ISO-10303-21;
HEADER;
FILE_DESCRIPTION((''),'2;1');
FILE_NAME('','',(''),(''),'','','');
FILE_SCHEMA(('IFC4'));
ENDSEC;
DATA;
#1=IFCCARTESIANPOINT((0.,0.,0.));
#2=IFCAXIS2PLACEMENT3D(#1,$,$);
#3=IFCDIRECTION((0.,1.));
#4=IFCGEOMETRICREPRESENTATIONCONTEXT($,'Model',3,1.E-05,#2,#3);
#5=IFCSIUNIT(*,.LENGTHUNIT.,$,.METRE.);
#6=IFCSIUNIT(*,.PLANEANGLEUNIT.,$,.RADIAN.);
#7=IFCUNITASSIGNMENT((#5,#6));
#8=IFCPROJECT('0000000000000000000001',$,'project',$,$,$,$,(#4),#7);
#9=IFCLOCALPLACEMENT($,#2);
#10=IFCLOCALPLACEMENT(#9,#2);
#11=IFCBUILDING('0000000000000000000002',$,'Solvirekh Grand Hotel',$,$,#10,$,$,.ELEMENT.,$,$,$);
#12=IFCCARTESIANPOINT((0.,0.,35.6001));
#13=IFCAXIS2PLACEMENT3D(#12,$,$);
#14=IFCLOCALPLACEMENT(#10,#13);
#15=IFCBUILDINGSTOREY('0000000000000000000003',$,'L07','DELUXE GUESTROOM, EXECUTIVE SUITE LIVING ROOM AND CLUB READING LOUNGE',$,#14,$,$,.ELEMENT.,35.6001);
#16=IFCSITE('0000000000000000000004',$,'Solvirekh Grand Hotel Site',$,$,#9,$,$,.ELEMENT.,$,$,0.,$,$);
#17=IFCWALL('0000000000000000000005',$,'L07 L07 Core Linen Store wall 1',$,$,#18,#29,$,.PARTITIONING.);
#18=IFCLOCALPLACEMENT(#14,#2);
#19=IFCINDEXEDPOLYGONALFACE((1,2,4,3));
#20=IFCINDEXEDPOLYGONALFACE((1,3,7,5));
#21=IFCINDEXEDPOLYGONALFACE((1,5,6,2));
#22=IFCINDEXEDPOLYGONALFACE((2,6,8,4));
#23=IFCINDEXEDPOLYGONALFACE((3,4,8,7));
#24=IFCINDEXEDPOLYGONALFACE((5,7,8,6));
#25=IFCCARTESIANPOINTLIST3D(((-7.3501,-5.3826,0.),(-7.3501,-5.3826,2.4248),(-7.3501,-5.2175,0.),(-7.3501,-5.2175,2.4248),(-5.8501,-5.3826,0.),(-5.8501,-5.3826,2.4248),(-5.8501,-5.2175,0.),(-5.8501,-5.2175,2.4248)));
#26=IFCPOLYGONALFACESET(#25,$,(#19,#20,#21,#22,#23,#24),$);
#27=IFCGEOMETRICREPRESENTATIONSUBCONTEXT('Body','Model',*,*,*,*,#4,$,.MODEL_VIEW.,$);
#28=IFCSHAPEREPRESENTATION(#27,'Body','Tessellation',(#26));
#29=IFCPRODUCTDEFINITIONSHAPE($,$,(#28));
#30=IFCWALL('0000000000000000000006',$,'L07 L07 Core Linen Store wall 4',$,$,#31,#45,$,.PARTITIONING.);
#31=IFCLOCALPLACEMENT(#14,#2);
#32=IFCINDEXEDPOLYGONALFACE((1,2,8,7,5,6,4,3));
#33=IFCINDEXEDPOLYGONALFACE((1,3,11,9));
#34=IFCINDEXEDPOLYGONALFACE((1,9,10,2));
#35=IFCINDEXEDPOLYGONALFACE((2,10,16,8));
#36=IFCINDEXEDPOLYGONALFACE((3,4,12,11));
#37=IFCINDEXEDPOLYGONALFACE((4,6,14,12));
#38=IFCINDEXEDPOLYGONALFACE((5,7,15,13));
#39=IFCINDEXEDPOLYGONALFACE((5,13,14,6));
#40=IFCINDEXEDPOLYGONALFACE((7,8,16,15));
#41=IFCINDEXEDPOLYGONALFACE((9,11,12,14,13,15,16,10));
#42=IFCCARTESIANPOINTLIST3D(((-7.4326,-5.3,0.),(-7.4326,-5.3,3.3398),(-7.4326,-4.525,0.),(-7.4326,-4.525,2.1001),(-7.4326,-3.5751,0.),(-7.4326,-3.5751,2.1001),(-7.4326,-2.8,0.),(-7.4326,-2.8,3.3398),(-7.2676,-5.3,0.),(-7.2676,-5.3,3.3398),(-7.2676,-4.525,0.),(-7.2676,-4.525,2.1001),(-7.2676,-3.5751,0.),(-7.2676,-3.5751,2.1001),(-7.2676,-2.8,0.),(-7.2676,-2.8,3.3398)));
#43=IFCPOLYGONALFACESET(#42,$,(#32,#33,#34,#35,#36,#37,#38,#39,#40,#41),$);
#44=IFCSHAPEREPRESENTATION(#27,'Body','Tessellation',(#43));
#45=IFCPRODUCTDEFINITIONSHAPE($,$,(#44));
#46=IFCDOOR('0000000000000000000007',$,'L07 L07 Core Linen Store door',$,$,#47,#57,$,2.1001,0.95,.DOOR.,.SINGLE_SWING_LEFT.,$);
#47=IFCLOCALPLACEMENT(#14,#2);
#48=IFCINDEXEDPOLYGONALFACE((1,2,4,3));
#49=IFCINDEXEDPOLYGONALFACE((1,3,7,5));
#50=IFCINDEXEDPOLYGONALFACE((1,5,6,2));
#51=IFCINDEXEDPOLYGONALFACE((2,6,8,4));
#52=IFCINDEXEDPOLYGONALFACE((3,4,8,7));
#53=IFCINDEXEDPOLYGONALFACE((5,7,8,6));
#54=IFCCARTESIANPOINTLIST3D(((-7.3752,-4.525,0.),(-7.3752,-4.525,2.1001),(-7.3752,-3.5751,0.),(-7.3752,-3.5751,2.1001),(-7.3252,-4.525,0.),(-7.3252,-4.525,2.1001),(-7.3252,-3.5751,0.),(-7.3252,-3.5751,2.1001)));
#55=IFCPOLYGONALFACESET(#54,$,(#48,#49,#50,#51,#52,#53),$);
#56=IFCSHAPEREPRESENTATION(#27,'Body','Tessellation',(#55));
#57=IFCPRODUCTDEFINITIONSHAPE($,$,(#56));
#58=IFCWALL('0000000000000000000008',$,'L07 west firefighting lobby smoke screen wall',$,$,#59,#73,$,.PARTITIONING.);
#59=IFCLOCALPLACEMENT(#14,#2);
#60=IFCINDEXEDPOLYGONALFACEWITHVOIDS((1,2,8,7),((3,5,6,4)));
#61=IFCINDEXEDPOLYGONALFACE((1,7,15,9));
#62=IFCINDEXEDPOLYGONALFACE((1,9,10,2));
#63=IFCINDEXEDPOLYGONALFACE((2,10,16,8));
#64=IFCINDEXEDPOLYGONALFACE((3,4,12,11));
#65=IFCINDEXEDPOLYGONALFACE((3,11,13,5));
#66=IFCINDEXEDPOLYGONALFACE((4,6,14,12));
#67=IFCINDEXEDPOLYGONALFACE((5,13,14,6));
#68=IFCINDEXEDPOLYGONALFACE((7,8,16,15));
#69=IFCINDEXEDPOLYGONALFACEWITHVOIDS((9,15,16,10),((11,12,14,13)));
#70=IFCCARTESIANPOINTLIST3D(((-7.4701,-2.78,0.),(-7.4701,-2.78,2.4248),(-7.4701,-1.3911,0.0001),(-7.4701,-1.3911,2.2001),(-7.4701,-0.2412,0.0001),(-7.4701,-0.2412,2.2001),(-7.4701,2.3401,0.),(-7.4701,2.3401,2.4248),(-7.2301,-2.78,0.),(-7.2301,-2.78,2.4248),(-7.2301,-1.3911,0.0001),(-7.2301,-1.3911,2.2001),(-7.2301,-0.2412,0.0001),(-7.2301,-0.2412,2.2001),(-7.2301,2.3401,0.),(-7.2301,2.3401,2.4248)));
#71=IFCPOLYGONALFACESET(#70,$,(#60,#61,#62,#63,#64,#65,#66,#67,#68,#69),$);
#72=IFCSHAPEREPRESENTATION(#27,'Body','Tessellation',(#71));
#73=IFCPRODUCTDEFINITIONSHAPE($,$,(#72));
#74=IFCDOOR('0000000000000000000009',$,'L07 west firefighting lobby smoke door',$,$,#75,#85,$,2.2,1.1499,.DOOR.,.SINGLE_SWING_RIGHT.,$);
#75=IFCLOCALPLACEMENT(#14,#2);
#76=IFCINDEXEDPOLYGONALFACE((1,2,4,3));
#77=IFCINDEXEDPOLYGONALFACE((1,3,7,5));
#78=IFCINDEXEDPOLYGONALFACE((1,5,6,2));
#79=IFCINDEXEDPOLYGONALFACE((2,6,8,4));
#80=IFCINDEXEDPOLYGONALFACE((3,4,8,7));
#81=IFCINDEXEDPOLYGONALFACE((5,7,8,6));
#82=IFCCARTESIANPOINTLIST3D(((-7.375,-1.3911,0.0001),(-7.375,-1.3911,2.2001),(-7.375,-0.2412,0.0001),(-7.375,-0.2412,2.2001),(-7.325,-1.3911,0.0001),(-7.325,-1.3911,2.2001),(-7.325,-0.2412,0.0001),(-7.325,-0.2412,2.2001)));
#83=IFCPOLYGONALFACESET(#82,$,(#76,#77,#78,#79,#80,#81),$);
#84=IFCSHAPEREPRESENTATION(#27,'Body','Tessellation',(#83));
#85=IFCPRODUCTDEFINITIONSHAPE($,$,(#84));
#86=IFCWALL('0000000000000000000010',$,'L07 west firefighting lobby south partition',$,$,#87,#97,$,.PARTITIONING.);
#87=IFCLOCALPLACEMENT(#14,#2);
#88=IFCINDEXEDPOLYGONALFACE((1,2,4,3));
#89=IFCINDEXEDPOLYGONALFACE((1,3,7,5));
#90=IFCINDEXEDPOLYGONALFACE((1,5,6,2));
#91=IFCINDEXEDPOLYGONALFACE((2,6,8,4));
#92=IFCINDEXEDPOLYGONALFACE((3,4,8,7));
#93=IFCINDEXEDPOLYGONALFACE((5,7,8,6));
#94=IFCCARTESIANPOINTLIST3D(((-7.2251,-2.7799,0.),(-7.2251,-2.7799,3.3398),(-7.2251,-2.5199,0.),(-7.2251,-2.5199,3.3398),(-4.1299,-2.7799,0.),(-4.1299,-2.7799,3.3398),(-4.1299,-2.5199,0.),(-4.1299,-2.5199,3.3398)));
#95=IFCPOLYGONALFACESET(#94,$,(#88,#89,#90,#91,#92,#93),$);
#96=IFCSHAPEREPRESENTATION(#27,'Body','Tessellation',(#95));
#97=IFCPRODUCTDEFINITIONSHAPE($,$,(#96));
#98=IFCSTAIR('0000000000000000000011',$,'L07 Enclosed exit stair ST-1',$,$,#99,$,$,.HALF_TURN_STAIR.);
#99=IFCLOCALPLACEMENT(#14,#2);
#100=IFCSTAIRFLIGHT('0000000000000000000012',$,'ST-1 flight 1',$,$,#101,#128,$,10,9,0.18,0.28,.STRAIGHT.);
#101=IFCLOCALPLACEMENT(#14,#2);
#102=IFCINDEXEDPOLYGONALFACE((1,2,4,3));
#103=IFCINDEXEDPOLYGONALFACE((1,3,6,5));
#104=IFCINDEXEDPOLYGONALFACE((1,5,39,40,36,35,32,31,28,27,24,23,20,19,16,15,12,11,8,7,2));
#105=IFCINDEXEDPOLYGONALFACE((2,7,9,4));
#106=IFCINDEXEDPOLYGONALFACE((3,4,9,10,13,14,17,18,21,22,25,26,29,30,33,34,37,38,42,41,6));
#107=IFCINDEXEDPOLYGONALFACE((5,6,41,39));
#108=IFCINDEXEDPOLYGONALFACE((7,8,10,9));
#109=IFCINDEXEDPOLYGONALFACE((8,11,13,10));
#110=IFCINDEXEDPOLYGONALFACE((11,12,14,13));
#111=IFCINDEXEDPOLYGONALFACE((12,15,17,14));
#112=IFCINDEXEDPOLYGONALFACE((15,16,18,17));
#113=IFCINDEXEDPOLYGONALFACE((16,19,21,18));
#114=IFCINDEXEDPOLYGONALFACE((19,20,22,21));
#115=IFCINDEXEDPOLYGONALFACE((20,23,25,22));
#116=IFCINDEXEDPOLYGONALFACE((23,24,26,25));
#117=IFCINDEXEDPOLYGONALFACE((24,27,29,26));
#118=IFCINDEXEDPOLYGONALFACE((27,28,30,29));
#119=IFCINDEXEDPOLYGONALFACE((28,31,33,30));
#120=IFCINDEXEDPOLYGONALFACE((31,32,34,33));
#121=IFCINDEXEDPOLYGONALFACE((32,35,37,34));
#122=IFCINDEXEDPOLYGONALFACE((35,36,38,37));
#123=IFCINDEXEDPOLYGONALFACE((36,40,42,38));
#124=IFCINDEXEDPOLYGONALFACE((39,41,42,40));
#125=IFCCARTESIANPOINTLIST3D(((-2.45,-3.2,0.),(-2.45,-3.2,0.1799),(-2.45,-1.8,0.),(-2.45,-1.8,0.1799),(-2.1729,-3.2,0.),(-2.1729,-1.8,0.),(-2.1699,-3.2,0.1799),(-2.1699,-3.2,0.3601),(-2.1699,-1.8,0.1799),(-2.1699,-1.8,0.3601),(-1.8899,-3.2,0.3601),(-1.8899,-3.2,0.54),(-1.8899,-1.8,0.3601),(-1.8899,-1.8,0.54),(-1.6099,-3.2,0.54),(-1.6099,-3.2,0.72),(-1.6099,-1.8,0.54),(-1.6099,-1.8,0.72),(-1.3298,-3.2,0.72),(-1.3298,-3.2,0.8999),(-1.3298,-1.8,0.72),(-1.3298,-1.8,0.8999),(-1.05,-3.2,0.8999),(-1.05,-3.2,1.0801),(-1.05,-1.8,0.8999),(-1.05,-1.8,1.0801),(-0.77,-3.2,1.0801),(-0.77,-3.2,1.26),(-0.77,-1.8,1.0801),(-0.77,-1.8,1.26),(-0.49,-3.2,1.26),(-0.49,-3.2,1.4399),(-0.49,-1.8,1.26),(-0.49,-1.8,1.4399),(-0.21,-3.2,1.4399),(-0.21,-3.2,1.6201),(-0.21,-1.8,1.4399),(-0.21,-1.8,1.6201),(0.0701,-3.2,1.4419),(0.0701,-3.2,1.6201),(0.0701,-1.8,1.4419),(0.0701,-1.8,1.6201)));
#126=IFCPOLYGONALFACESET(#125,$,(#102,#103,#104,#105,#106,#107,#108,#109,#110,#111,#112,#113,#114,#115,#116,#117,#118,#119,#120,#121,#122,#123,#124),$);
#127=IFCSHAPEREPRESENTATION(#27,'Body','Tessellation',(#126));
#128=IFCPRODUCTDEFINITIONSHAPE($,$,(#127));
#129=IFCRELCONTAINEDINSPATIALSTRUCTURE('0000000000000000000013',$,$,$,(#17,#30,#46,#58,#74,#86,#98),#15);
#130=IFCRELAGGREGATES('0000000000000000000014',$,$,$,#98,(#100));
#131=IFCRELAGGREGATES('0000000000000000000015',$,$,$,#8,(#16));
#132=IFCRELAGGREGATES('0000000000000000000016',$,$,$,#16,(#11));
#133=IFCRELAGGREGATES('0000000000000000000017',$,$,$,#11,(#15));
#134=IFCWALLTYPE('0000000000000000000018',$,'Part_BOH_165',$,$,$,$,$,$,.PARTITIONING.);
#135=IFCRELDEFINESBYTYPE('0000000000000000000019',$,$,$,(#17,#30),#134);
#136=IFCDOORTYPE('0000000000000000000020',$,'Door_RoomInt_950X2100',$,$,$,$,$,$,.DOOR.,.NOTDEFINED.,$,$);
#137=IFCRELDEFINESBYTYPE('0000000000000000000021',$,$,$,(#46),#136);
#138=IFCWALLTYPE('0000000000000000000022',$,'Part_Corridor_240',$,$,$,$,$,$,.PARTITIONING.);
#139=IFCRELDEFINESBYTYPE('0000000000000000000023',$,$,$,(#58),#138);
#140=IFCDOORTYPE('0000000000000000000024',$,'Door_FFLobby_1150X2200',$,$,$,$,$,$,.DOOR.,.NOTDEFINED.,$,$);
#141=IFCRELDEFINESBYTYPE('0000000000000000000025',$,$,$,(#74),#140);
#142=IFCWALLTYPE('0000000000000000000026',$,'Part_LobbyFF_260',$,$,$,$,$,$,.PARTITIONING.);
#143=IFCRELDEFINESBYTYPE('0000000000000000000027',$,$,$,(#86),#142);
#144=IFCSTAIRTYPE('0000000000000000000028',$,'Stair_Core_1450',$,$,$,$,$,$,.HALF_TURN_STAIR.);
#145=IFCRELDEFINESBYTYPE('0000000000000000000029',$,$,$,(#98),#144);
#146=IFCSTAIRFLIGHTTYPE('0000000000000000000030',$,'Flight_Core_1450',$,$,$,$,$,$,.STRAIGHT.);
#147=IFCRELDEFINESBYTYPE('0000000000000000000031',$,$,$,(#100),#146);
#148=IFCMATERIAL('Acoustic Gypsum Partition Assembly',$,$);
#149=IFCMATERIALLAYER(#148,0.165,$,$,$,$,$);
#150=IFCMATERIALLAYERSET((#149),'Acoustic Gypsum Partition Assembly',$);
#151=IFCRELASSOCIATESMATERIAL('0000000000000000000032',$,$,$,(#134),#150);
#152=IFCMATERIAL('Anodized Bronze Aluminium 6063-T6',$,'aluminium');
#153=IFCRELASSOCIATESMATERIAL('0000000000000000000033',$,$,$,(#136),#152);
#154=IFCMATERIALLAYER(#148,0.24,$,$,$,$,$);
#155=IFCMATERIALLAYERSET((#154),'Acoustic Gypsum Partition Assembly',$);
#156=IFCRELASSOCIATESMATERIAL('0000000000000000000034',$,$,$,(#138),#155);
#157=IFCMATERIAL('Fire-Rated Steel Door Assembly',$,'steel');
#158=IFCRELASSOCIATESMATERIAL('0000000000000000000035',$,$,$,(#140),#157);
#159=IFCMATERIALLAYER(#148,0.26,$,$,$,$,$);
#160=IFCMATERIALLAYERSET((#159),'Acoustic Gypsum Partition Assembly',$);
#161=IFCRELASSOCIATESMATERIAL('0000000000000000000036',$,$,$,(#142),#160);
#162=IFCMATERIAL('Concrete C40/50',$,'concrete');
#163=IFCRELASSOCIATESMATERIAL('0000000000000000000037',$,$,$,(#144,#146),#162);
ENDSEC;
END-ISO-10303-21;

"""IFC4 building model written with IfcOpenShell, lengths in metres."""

from ifc_helpers import new_model, si_unit, direction, frame, frame_2d, origin, place, context, subcontext, project, spatial, polyline, rectangle, outline, extrude, material, layer, layer_set, type_object, element, fill, aggregate, save


model = new_model("IFC4")

# Units and contexts
model_context = context("Model", 3, precision=1e-05, world=origin(), true_north=direction((0.0, 1.0)))
body_context = subcontext(model_context, "Body", "Model", "MODEL_VIEW")
ifc_project = project(units=[si_unit("LENGTHUNIT", "METRE"), si_unit("PLANEANGLEUNIT", "RADIAN")], contexts=[model_context])

# Site, building, storey
site_placement = place(None, origin())
site = spatial("IfcSite", under=ifc_project, at=site_placement, Name="Solvirekh Grand Hotel Site", CompositionType="ELEMENT", RefElevation=0.0)
building_placement = place(site_placement, origin())
building = spatial("IfcBuilding", under=site, at=building_placement, Name="Solvirekh Grand Hotel", CompositionType="ELEMENT")
storey_placement = place(building_placement, frame((0.0, 0.0, 35.6001)))
storey = spatial("IfcBuildingStorey", under=building, at=storey_placement, Name="L07", Description="DELUXE GUESTROOM, EXECUTIVE SUITE LIVING ROOM AND CLUB READING LOUNGE", CompositionType="ELEMENT", Elevation=35.6001)

# Shared definitions
ifc_material_1 = material(Name="Concrete C40/50", Category="concrete")
ifc_material_2 = material(Name="Fire-Rated Steel Door Assembly", Category="steel")

# Wall
ifc_material_3 = material(Name="Acoustic Gypsum Partition Assembly")
ifc_layer_1 = layer(ifc_material_3, 0.165)
ifc_layer_set_1 = layer_set([ifc_layer_1], Name="Acoustic Gypsum Partition Assembly")
wall_type_1 = type_object("IfcWallType", Name="Part_BOH_165", PredefinedType="PARTITIONING", material=ifc_layer_set_1)
wall_1_placement = place(storey_placement, frame((-7.3501, -5.3, 0.0), z_axis=(0.0, 0.0, 1.0), x_axis=(1.0, 0.0, 0.0)))
element("IfcWall", 1, at=wall_1_placement, inside=storey, type_object=wall_type_1, Name="L07 L07 Core Linen Store wall 1", PredefinedType="PARTITIONING", context=body_context, shape_type="SweptSolid", body=[
    extrude(rectangle(XDim=1.5, YDim=0.165, at=frame_2d((0.75, 0.0))), origin(), (0.0, 0.0, 1.0), 2.4248),
])

# Walls, openings, doors
wall_2_placement = place(storey_placement, frame((-7.3501, -2.8, 0.0), z_axis=(0.0, 0.0, 1.0), x_axis=(0.0, -1.0, 0.0)))
wall_2 = element("IfcWall", 2, at=wall_2_placement, inside=storey, type_object=wall_type_1, Name="L07 L07 Core Linen Store wall 4", PredefinedType="PARTITIONING", context=body_context, shape_type="SweptSolid", body=[
    extrude(rectangle(XDim=2.5, YDim=0.165, at=frame_2d((1.25, 0.0))), origin(), (0.0, 0.0, 1.0), 3.3398),
])
opening_1_placement = place(wall_2_placement, frame((0.7749, 0.0, 0.0)))
opening_1 = element("IfcOpeningElement", 3, at=opening_1_placement, cuts=wall_2, PredefinedType="OPENING", context=body_context, shape_type="SweptSolid", body=[
    extrude(rectangle(XDim=0.95, YDim=2.1001, at=frame_2d((0.4751, 1.05))), frame((0.0, 0.0925, 0.0), z_axis=(0.0, -1.0, 0.0), x_axis=(1.0, 0.0, 0.0)), (0.0, 0.0, 1.0), 0.1851),
])
ifc_material_4 = material(Name="Anodized Bronze Aluminium 6063-T6", Category="aluminium")
door_type_1 = type_object("IfcDoorType", Name="Door_RoomInt_950X2100", OperationType="NOTDEFINED", PredefinedType="DOOR", material=ifc_material_4)
door_1_placement = place(opening_1_placement, origin())
door_1 = element("IfcDoor", 4, at=door_1_placement, inside=storey, type_object=door_type_1, Name="L07 L07 Core Linen Store door", OperationType="SINGLE_SWING_LEFT", OverallHeight=2.1001, OverallWidth=0.95, PredefinedType="DOOR", context=body_context, shape_type="SweptSolid", body=[
    extrude(rectangle(XDim=0.95, YDim=2.1001, at=frame_2d((0.4751, 1.05))), frame((0.0, 0.0249, 0.0), z_axis=(0.0, -1.0, 0.0), x_axis=(1.0, 0.0, 0.0)), (0.0, 0.0, 1.0), 0.05),
])
fill(opening_1, door_1)
ifc_layer_2 = layer(ifc_material_3, 0.24)
ifc_layer_set_2 = layer_set([ifc_layer_2], Name="Acoustic Gypsum Partition Assembly")
wall_type_2 = type_object("IfcWallType", Name="Part_Corridor_240", PredefinedType="PARTITIONING", material=ifc_layer_set_2)
wall_3_placement = place(storey_placement, frame((-7.3501, -2.78, 0.0), z_axis=(0.0, 0.0, 1.0), x_axis=(0.0, 1.0, 0.0)))
wall_3 = element("IfcWall", 5, at=wall_3_placement, inside=storey, type_object=wall_type_2, Name="L07 west firefighting lobby smoke screen wall", PredefinedType="PARTITIONING", context=body_context, shape_type="SweptSolid", body=[
    extrude(rectangle(XDim=5.1201, YDim=0.24, at=frame_2d((2.5601, 0.0))), origin(), (0.0, 0.0, 1.0), 2.4248),
])
opening_2_placement = place(wall_3_placement, frame((1.3889, 0.0, 0.0)))
opening_2 = element("IfcOpeningElement", 6, at=opening_2_placement, cuts=wall_3, PredefinedType="OPENING", context=body_context, shape_type="SweptSolid", body=[
    extrude(rectangle(XDim=1.1499, YDim=2.2, at=frame_2d((0.575, 1.1001))), frame((0.0, 0.1299, 0.0), z_axis=(0.0, -1.0, 0.0), x_axis=(1.0, 0.0, 0.0)), (0.0, 0.0, 1.0), 0.26),
])
door_type_2 = type_object("IfcDoorType", Name="Door_FFLobby_1150X2200", OperationType="NOTDEFINED", PredefinedType="DOOR", material=ifc_material_2)
door_2_placement = place(opening_2_placement, origin())
door_2 = element("IfcDoor", 7, at=door_2_placement, inside=storey, type_object=door_type_2, Name="L07 west firefighting lobby smoke door", OperationType="SINGLE_SWING_RIGHT", OverallHeight=2.2, OverallWidth=1.1499, PredefinedType="DOOR", context=body_context, shape_type="SweptSolid", body=[
    extrude(rectangle(XDim=1.1499, YDim=2.2, at=frame_2d((0.575, 1.1001))), frame((0.0, 0.0249, 0.0), z_axis=(0.0, -1.0, 0.0), x_axis=(1.0, 0.0, 0.0)), (0.0, 0.0, 1.0), 0.05),
])
fill(opening_2, door_2)

# Wall
ifc_layer_3 = layer(ifc_material_3, 0.26)
ifc_layer_set_3 = layer_set([ifc_layer_3], Name="Acoustic Gypsum Partition Assembly")
wall_type_3 = type_object("IfcWallType", Name="Part_LobbyFF_260", PredefinedType="PARTITIONING", material=ifc_layer_set_3)
wall_4_placement = place(storey_placement, frame((-7.2251, -2.6499, 0.0), z_axis=(0.0, 0.0, 1.0), x_axis=(1.0, 0.0, 0.0)))
element("IfcWall", 8, at=wall_4_placement, inside=storey, type_object=wall_type_3, Name="L07 west firefighting lobby south partition", PredefinedType="PARTITIONING", context=body_context, shape_type="SweptSolid", body=[
    extrude(rectangle(XDim=3.0952, YDim=0.26, at=frame_2d((1.5476, 0.0))), origin(), (0.0, 0.0, 1.0), 3.3398),
])

# Stair, stair flight
stair_type = type_object("IfcStairType", Name="Stair_Core_1450", PredefinedType="HALF_TURN_STAIR", material=ifc_material_1)
stair_placement = place(storey_placement, origin())
stair = element("IfcStair", 9, at=stair_placement, inside=storey, type_object=stair_type, Name="L07 Enclosed exit stair ST-1", PredefinedType="HALF_TURN_STAIR")
stair_flight_type = type_object("IfcStairFlightType", Name="Flight_Core_1450", PredefinedType="STRAIGHT", material=ifc_material_1)
stair_flight_placement = place(storey_placement, frame((-2.45, -2.5, 0.0), z_axis=(0.0, 0.0, 1.0), x_axis=(1.0, 0.0, 0.0)))
stair_flight = element("IfcStairFlight", 10, at=stair_flight_placement, type_object=stair_flight_type, Name="ST-1 flight 1", NumberOfRisers=10, NumberOfTreads=9, PredefinedType="STRAIGHT", RiserHeight=0.18, TreadLength=0.28, context=body_context, shape_type="SweptSolid", body=[
    extrude(outline(polyline([(0.0, 0.0), (0.0, 0.1799), (0.28, 0.1799), (0.28, 0.3601), (0.5601, 0.3601), (0.5601, 0.54), (0.8401, 0.54), (0.8401, 0.72), (1.1201, 0.72), (1.1201, 0.8999), (1.3999, 0.8999), (1.3999, 1.0801), (1.6799, 1.0801), (1.6799, 1.26), (1.96, 1.26), (1.96, 1.4399), (2.24, 1.4399), (2.24, 1.6201), (2.52, 1.6201), (2.52, 1.8), (2.52, 1.4419), (0.2771, 0.0), (0.0, 0.0)])), frame((0.0, 0.7, 0.0), z_axis=(0.0, -1.0, 0.0), x_axis=(1.0, 0.0, 0.0)), (0.0, 0.0, 1.0), 1.3999),
])
aggregate(stair, [stair_flight])

save(model, "model.ifc")
